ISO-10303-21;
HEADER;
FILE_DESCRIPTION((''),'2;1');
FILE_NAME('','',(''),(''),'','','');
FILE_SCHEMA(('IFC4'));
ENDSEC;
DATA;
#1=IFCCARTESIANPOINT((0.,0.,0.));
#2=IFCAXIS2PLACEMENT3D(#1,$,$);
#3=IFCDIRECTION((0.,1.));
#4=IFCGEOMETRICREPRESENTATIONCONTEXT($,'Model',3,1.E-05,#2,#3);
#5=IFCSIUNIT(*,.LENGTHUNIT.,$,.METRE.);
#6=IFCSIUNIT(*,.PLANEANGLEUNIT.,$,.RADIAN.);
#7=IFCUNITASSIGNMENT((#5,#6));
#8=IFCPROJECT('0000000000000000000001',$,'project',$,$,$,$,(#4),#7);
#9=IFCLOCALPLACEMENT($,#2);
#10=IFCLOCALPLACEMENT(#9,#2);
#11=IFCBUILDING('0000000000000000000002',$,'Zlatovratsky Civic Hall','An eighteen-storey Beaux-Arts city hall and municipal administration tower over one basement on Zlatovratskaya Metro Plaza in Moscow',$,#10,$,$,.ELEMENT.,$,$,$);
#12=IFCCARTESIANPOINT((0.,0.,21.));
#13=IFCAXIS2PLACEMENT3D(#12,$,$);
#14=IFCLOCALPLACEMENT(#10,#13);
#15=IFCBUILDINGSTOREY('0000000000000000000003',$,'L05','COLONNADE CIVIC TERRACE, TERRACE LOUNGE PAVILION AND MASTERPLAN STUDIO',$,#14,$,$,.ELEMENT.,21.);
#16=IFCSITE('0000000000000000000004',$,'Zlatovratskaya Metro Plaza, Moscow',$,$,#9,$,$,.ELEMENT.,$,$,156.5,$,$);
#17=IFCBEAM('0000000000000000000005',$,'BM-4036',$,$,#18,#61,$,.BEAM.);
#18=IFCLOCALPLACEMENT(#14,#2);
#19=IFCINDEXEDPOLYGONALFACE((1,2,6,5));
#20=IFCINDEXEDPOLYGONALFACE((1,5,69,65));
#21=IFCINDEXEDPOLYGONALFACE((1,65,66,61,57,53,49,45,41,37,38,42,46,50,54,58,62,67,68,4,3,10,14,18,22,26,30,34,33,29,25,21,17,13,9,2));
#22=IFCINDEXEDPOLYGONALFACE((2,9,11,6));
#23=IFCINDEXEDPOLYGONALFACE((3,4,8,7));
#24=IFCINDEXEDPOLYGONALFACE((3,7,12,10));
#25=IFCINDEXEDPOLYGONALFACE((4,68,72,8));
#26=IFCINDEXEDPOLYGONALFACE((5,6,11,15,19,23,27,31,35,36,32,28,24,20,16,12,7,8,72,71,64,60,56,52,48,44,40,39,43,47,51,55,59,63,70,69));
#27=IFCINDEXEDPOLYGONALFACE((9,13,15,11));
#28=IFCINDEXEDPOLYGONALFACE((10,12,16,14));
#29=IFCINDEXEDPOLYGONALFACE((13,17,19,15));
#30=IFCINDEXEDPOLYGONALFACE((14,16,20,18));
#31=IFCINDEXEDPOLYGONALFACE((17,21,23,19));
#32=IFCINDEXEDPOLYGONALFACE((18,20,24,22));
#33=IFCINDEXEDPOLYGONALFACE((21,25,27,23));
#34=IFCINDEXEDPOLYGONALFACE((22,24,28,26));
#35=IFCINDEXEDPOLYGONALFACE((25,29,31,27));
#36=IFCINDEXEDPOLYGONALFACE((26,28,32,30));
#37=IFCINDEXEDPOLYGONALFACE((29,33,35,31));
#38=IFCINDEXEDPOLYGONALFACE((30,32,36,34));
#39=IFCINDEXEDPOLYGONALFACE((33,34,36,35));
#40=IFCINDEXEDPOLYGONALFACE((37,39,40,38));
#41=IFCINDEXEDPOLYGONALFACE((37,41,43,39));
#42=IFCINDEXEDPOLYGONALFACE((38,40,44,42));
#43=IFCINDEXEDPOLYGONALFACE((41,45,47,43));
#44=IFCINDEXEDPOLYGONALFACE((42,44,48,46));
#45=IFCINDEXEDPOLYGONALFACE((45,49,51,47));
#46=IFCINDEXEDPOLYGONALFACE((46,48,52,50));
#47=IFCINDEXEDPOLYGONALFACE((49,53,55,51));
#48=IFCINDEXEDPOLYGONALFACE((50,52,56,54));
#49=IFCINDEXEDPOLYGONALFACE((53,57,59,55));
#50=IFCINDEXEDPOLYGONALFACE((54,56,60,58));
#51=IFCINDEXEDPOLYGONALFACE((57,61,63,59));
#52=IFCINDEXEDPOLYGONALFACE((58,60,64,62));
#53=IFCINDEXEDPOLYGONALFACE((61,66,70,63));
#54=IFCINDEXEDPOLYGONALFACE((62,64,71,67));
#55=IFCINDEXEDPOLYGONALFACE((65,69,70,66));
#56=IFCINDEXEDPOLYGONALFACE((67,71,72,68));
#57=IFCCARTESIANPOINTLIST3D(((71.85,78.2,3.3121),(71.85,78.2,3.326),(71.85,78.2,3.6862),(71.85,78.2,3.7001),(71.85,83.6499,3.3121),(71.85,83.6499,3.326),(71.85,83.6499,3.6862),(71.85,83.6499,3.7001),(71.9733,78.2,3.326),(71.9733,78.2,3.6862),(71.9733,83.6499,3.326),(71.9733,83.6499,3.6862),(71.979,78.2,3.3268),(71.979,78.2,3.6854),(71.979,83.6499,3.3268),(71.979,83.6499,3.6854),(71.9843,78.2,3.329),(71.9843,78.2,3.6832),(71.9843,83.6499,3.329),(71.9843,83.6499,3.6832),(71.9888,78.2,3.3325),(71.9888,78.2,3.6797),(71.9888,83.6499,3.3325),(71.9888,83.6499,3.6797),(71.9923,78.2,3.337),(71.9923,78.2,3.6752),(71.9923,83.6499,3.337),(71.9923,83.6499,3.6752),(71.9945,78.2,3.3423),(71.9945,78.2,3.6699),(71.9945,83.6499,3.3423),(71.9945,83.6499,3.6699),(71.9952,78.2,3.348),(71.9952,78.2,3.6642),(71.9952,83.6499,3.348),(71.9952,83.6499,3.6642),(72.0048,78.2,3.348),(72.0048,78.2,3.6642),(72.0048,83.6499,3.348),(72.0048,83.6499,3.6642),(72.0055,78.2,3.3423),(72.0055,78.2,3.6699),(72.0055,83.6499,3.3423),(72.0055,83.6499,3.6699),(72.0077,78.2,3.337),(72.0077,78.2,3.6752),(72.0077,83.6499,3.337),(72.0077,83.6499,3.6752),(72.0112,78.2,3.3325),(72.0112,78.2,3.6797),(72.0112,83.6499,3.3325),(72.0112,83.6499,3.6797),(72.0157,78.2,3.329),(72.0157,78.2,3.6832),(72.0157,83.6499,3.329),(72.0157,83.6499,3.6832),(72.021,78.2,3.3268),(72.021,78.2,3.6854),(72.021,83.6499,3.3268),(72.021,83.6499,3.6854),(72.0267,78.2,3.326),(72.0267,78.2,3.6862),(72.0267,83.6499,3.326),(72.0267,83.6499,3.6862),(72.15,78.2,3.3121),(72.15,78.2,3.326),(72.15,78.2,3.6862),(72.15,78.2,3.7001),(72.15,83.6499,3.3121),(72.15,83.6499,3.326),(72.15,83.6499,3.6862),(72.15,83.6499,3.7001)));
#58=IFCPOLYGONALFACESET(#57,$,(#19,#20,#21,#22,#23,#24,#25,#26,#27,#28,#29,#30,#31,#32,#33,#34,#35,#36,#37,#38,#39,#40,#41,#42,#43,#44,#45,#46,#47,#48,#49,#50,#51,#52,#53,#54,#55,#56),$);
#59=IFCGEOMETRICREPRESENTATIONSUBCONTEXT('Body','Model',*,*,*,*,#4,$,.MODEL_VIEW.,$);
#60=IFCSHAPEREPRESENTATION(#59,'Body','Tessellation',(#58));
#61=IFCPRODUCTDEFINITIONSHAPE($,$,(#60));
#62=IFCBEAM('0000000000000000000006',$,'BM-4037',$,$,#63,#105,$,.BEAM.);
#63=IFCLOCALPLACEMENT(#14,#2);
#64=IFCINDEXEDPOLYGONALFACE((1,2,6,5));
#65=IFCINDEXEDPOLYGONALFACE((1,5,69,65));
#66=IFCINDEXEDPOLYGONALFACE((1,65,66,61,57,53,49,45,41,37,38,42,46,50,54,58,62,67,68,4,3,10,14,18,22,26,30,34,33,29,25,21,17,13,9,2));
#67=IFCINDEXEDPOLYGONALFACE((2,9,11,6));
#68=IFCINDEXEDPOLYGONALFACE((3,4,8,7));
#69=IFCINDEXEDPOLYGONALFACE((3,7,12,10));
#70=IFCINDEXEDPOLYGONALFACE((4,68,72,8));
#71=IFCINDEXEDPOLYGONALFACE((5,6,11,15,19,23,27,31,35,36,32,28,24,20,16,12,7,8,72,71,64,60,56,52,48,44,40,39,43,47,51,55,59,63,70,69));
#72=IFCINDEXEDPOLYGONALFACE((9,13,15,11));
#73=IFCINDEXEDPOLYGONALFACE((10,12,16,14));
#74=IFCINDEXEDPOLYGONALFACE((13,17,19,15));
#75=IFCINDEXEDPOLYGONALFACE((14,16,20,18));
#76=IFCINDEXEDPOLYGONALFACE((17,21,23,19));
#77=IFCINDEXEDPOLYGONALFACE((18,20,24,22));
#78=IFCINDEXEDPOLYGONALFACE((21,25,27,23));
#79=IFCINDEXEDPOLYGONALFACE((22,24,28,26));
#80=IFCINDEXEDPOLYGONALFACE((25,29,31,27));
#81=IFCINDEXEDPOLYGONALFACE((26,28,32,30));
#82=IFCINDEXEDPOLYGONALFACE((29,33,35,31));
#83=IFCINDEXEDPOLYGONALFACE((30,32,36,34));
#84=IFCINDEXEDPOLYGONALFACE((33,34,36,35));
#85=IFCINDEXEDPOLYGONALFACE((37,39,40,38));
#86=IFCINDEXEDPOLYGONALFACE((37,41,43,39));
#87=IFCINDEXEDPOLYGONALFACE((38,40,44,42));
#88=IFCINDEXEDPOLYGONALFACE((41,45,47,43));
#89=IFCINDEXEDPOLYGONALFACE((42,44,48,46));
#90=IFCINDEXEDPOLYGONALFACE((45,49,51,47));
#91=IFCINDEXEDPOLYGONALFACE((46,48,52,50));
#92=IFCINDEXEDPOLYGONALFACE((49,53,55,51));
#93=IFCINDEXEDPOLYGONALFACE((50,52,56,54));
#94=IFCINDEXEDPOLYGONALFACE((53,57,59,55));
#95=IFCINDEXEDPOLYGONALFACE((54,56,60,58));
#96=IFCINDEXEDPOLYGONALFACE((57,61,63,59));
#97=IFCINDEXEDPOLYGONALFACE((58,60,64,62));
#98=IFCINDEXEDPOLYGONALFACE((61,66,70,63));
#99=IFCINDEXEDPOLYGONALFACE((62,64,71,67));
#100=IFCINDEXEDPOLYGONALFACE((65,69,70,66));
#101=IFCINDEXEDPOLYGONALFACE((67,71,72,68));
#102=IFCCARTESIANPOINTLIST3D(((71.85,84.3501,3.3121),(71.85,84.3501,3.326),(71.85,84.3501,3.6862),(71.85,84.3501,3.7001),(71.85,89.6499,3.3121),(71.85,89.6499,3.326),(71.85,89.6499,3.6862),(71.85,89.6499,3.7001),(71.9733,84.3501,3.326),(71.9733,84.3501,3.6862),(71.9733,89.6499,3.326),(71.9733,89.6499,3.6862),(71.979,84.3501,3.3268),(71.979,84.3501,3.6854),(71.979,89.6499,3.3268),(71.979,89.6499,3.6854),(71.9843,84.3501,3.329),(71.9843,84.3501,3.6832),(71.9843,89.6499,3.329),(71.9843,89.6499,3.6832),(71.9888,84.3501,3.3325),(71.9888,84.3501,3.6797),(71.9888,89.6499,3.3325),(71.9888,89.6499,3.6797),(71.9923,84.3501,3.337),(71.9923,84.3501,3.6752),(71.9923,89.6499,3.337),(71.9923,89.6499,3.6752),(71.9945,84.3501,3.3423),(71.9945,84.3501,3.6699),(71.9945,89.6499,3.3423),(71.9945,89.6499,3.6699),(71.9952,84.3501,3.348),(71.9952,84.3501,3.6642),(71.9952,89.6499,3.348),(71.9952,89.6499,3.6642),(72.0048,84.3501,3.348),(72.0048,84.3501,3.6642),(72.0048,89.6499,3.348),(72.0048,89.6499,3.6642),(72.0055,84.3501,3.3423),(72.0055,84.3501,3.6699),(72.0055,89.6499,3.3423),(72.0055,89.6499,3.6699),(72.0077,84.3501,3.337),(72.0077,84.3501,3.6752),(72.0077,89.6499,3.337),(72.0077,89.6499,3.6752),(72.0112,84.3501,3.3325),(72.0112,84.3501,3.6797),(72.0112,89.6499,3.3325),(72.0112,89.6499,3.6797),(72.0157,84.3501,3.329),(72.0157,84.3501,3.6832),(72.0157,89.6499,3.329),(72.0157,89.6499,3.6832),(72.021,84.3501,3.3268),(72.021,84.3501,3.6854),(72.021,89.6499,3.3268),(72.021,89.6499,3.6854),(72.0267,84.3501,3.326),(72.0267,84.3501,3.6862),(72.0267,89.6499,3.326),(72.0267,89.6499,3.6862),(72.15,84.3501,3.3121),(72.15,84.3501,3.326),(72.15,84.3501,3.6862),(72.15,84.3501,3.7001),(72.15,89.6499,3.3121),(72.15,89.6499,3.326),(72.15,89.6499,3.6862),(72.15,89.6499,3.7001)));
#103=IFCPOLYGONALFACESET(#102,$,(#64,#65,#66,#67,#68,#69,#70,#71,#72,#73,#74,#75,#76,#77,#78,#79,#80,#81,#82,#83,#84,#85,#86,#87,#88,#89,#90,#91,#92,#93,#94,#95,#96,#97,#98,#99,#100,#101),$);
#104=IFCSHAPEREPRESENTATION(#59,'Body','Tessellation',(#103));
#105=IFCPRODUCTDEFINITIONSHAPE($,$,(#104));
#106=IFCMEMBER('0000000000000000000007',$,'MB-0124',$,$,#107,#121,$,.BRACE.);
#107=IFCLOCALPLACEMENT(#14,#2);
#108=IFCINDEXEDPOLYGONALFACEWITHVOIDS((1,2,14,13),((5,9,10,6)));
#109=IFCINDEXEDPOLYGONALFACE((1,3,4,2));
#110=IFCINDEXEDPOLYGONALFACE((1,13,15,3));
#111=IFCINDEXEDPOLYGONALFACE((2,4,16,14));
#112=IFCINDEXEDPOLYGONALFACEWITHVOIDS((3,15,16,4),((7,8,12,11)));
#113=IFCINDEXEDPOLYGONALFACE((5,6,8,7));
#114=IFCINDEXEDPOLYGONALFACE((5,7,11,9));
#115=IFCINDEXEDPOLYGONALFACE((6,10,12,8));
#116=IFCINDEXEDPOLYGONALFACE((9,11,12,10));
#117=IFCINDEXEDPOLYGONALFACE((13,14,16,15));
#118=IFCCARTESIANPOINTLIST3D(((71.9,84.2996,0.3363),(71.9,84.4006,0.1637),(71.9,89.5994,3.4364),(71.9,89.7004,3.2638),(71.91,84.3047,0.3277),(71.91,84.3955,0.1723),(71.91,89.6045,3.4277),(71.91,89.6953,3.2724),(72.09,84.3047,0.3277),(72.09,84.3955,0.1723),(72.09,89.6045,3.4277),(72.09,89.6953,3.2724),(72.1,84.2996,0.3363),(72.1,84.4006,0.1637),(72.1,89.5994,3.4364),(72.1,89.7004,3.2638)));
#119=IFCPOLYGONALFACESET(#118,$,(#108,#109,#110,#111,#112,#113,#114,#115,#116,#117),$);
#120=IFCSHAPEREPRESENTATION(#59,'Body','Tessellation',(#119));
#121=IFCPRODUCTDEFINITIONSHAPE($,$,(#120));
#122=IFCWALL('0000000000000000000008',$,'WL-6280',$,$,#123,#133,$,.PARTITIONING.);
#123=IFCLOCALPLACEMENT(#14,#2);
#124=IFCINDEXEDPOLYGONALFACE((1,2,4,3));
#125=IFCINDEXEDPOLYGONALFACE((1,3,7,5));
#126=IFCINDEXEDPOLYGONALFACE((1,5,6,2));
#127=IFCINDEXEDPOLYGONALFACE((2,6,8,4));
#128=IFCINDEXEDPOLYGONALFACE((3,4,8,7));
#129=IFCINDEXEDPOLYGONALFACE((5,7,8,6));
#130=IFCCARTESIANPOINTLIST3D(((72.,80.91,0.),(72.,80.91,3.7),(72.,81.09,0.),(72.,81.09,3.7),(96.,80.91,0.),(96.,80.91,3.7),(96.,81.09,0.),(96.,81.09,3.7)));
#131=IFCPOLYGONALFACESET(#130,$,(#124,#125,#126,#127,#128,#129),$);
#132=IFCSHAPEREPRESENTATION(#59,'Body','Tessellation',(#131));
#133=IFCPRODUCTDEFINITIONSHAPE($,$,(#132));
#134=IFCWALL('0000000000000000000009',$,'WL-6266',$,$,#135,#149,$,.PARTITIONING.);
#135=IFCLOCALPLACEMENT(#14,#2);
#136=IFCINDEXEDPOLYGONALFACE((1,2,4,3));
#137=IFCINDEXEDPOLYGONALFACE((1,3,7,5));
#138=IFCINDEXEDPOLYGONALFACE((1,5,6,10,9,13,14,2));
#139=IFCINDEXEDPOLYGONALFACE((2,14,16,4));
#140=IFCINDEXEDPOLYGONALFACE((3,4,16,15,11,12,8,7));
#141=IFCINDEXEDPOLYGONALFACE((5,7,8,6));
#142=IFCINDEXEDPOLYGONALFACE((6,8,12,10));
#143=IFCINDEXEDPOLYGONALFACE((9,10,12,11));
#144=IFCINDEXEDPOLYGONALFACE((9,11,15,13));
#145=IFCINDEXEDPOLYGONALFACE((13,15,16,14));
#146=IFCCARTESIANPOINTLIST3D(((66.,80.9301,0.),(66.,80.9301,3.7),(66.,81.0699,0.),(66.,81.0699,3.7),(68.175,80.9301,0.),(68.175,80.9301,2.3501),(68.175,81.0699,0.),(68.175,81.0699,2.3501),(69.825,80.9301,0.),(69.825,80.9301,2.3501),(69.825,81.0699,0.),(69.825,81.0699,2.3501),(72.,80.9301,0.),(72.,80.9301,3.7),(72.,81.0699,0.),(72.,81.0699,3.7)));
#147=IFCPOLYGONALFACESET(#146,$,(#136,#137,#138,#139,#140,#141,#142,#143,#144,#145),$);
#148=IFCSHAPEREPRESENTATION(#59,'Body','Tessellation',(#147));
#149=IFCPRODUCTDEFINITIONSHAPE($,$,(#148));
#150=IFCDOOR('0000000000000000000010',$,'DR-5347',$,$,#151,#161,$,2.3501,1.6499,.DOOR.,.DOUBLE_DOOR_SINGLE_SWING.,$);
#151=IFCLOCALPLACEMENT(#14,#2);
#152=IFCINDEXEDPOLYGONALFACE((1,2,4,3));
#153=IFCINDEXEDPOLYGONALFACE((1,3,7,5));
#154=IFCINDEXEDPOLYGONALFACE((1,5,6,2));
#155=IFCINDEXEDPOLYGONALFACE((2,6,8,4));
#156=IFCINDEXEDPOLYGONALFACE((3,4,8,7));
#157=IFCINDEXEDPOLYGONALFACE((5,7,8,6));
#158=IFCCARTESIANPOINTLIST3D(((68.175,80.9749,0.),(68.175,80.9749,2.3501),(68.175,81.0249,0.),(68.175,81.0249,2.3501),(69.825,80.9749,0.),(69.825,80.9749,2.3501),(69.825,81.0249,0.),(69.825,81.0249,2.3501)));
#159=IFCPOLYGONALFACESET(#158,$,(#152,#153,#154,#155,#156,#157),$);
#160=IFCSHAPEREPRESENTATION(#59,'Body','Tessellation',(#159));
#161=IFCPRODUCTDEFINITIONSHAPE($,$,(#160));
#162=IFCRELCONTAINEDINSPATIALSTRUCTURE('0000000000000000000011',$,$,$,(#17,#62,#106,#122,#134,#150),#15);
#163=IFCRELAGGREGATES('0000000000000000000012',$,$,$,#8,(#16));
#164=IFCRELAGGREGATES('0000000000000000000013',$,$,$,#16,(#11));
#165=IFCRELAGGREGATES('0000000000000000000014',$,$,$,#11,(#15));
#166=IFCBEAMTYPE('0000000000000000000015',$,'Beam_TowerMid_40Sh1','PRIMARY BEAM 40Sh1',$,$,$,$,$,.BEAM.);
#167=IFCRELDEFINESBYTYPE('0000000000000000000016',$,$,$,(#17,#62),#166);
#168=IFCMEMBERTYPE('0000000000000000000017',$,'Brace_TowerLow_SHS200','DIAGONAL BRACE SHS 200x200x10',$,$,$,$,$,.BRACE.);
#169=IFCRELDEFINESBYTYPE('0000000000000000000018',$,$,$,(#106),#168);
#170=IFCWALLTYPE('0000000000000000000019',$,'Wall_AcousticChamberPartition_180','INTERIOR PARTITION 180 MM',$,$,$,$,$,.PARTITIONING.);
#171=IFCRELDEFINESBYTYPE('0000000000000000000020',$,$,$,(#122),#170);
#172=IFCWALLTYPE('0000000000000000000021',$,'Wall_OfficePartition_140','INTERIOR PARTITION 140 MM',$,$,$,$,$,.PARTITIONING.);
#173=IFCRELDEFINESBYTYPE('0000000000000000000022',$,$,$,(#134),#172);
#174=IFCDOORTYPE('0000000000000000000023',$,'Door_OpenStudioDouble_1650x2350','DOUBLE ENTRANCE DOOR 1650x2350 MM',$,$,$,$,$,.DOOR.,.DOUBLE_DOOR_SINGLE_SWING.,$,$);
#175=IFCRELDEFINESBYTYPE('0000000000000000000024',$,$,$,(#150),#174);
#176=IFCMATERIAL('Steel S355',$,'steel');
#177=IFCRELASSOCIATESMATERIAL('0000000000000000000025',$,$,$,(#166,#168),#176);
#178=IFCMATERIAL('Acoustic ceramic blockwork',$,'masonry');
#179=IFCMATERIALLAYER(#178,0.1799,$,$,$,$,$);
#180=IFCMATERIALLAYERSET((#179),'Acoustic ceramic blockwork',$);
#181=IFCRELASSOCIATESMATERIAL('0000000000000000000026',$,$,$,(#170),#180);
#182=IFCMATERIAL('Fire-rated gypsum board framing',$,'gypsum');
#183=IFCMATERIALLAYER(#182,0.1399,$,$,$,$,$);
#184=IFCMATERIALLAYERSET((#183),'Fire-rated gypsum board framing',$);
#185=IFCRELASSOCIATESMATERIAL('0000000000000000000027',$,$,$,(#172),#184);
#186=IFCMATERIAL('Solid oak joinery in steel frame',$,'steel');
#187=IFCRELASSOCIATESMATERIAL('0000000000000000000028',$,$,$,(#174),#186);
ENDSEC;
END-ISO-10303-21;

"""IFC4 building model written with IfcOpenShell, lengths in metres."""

from ifc_helpers import new_model, si_unit, direction, frame, frame_2d, origin, origin_2d, place, context, subcontext, project, spatial, rectangle, hollow_rectangle, i_section, extrude, material, layer, layer_set, material_profile, profile_set, type_object, element, fill, save


model = new_model("IFC4")

# Units and contexts
model_context = context("Model", 3, precision=1e-05, world=origin(), true_north=direction((0.0, 1.0)))
body_context = subcontext(model_context, "Body", "Model", "MODEL_VIEW")
ifc_project = project(units=[si_unit("LENGTHUNIT", "METRE"), si_unit("PLANEANGLEUNIT", "RADIAN")], contexts=[model_context])

# Site, building, storey
site_placement = place(None, origin())
site = spatial("IfcSite", under=ifc_project, at=site_placement, Name="Zlatovratskaya Metro Plaza, Moscow", CompositionType="ELEMENT", RefElevation=156.5)
building_placement = place(site_placement, origin())
building = spatial("IfcBuilding", under=site, at=building_placement, Name="Zlatovratsky Civic Hall", Description="An eighteen-storey Beaux-Arts city hall and municipal administration tower over one basement on Zlatovratskaya Metro Plaza in Moscow", CompositionType="ELEMENT")
storey_placement = place(building_placement, frame((0.0, 0.0, 21.0)))
storey = spatial("IfcBuildingStorey", under=building, at=storey_placement, Name="L05", Description="COLONNADE CIVIC TERRACE, TERRACE LOUNGE PAVILION AND MASTERPLAN STUDIO", CompositionType="ELEMENT", Elevation=21.0)

# Shared definitions
ifc_material_1 = material(Name="Steel S355", Category="steel")

# Beams
ifc_material_profile_1 = material_profile(ifc_material_1, i_section(OverallWidth=0.3, OverallDepth=0.3879, WebThickness=0.0095, FlangeThickness=0.0139, FilletRadius=0.022, at=origin_2d()), Name="40Sh1")
ifc_profile_set_1 = profile_set([ifc_material_profile_1], Name="Steel S355")
beam_type = type_object("IfcBeamType", Name="Beam_TowerMid_40Sh1", Description="PRIMARY BEAM 40Sh1", PredefinedType="BEAM", material=ifc_profile_set_1)
for number, where, z_axis, x_axis, name in (
    (1, (72.0, 78.2, 3.5061), (0.0, 1.0, 0.0), (-1.0, 0.0, 0.0), "BM-4036"),
):
    element("IfcBeam", number, at=place(storey_placement, frame(where, z_axis=z_axis, x_axis=x_axis)), inside=storey, type_object=beam_type, Name=name, PredefinedType="BEAM", context=body_context, shape_type="SweptSolid", body=[
        extrude(i_section(OverallWidth=0.3, OverallDepth=0.3879, WebThickness=0.0095, FlangeThickness=0.0139, FilletRadius=0.022, at=origin_2d()), origin(), (0.0, 0.0, 1.0), 5.45),
    ])
beam_1_placement = place(storey_placement, frame((72.0, 84.3501, 3.5061), z_axis=(0.0, 1.0, 0.0), x_axis=(-1.0, 0.0, 0.0)))
element("IfcBeam", 2, at=beam_1_placement, inside=storey, type_object=beam_type, Name="BM-4037", PredefinedType="BEAM", context=body_context, shape_type="SweptSolid", body=[
    extrude(i_section(OverallWidth=0.3, OverallDepth=0.3879, WebThickness=0.0095, FlangeThickness=0.0139, FilletRadius=0.022, at=origin_2d()), origin(), (0.0, 0.0, 1.0), 5.2998),
])

# Member
ifc_material_profile_2 = material_profile(ifc_material_1, hollow_rectangle(XDim=0.2, YDim=0.2, WallThickness=0.01, at=origin_2d()), Name="SHS 200x200x10")
ifc_profile_set_2 = profile_set([ifc_material_profile_2], Name="Steel S355")
member_type = type_object("IfcMemberType", Name="Brace_TowerLow_SHS200", Description="DIAGONAL BRACE SHS 200x200x10", PredefinedType="BRACE", material=ifc_profile_set_2)
member_placement = place(storey_placement, frame((72.0, 84.3501, 0.25), z_axis=(0.0, 0.863173, 0.504909), x_axis=(-1.0, 0.0, 0.0)))
element("IfcMember", 3, at=member_placement, inside=storey, type_object=member_type, Name="MB-0124", PredefinedType="BRACE", context=body_context, shape_type="SweptSolid", body=[
    extrude(hollow_rectangle(XDim=0.2, YDim=0.2, WallThickness=0.01, at=origin_2d()), origin(), (0.0, 0.0, 1.0), 6.1399),
])

# Wall
ifc_material_2 = material(Name="Acoustic ceramic blockwork", Category="masonry")
ifc_layer_1 = layer(ifc_material_2, 0.1799)
ifc_layer_set_1 = layer_set([ifc_layer_1], Name="Acoustic ceramic blockwork")
wall_type_1 = type_object("IfcWallType", Name="Wall_AcousticChamberPartition_180", Description="INTERIOR PARTITION 180 MM", PredefinedType="PARTITIONING", material=ifc_layer_set_1)
wall_1_placement = place(storey_placement, frame((72.0, 81.0, 0.0), z_axis=(0.0, 0.0, 1.0), x_axis=(1.0, 0.0, 0.0)))
element("IfcWall", 4, at=wall_1_placement, inside=storey, type_object=wall_type_1, Name="WL-6280", PredefinedType="PARTITIONING", context=body_context, shape_type="SweptSolid", body=[
    extrude(rectangle(XDim=24.0, YDim=0.1799, at=frame_2d((12.0, 0.0))), origin(), (0.0, 0.0, 1.0), 3.7),
])

# Wall, opening, door
ifc_material_3 = material(Name="Fire-rated gypsum board framing", Category="gypsum")
ifc_layer_2 = layer(ifc_material_3, 0.1399)
ifc_layer_set_2 = layer_set([ifc_layer_2], Name="Fire-rated gypsum board framing")
wall_type_2 = type_object("IfcWallType", Name="Wall_OfficePartition_140", Description="INTERIOR PARTITION 140 MM", PredefinedType="PARTITIONING", material=ifc_layer_set_2)
wall_2_placement = place(storey_placement, frame((66.0, 81.0, 0.0), z_axis=(0.0, 0.0, 1.0), x_axis=(1.0, 0.0, 0.0)))
wall_2 = element("IfcWall", 5, at=wall_2_placement, inside=storey, type_object=wall_type_2, Name="WL-6266", PredefinedType="PARTITIONING", context=body_context, shape_type="SweptSolid", body=[
    extrude(rectangle(XDim=6.0, YDim=0.1399, at=frame_2d((3.0, 0.0))), origin(), (0.0, 0.0, 1.0), 3.7),
])
opening_1_placement = place(wall_2_placement, frame((2.175, 0.0, 0.0)))
opening_1 = element("IfcOpeningElement", 6, at=opening_1_placement, cuts=wall_2, PredefinedType="OPENING", context=body_context, shape_type="SweptSolid", body=[
    extrude(rectangle(XDim=1.6499, YDim=2.3501, at=frame_2d((0.825, 1.175))), frame((0.0, 0.085, 0.0), z_axis=(0.0, -1.0, 0.0), x_axis=(1.0, 0.0, 0.0)), (0.0, 0.0, 1.0), 0.1697),
])
ifc_material_4 = material(Name="Solid oak joinery in steel frame", Category="steel")
door_type_1 = type_object("IfcDoorType", Name="Door_OpenStudioDouble_1650x2350", Description="DOUBLE ENTRANCE DOOR 1650x2350 MM", OperationType="DOUBLE_DOOR_SINGLE_SWING", PredefinedType="DOOR", material=ifc_material_4)
door_1_placement = place(opening_1_placement, origin())
door_1 = element("IfcDoor", 7, at=door_1_placement, inside=storey, type_object=door_type_1, Name="DR-5347", OperationType="DOUBLE_DOOR_SINGLE_SWING", OverallHeight=2.3501, OverallWidth=1.6499, PredefinedType="DOOR", context=body_context, shape_type="SweptSolid", body=[
    extrude(rectangle(XDim=1.6499, YDim=2.3501, at=frame_2d((0.825, 1.175))), frame((0.0, 0.0249, 0.0), z_axis=(0.0, -1.0, 0.0), x_axis=(1.0, 0.0, 0.0)), (0.0, 0.0, 1.0), 0.05),
])
fill(opening_1, door_1)

save(model, "model.ifc")
